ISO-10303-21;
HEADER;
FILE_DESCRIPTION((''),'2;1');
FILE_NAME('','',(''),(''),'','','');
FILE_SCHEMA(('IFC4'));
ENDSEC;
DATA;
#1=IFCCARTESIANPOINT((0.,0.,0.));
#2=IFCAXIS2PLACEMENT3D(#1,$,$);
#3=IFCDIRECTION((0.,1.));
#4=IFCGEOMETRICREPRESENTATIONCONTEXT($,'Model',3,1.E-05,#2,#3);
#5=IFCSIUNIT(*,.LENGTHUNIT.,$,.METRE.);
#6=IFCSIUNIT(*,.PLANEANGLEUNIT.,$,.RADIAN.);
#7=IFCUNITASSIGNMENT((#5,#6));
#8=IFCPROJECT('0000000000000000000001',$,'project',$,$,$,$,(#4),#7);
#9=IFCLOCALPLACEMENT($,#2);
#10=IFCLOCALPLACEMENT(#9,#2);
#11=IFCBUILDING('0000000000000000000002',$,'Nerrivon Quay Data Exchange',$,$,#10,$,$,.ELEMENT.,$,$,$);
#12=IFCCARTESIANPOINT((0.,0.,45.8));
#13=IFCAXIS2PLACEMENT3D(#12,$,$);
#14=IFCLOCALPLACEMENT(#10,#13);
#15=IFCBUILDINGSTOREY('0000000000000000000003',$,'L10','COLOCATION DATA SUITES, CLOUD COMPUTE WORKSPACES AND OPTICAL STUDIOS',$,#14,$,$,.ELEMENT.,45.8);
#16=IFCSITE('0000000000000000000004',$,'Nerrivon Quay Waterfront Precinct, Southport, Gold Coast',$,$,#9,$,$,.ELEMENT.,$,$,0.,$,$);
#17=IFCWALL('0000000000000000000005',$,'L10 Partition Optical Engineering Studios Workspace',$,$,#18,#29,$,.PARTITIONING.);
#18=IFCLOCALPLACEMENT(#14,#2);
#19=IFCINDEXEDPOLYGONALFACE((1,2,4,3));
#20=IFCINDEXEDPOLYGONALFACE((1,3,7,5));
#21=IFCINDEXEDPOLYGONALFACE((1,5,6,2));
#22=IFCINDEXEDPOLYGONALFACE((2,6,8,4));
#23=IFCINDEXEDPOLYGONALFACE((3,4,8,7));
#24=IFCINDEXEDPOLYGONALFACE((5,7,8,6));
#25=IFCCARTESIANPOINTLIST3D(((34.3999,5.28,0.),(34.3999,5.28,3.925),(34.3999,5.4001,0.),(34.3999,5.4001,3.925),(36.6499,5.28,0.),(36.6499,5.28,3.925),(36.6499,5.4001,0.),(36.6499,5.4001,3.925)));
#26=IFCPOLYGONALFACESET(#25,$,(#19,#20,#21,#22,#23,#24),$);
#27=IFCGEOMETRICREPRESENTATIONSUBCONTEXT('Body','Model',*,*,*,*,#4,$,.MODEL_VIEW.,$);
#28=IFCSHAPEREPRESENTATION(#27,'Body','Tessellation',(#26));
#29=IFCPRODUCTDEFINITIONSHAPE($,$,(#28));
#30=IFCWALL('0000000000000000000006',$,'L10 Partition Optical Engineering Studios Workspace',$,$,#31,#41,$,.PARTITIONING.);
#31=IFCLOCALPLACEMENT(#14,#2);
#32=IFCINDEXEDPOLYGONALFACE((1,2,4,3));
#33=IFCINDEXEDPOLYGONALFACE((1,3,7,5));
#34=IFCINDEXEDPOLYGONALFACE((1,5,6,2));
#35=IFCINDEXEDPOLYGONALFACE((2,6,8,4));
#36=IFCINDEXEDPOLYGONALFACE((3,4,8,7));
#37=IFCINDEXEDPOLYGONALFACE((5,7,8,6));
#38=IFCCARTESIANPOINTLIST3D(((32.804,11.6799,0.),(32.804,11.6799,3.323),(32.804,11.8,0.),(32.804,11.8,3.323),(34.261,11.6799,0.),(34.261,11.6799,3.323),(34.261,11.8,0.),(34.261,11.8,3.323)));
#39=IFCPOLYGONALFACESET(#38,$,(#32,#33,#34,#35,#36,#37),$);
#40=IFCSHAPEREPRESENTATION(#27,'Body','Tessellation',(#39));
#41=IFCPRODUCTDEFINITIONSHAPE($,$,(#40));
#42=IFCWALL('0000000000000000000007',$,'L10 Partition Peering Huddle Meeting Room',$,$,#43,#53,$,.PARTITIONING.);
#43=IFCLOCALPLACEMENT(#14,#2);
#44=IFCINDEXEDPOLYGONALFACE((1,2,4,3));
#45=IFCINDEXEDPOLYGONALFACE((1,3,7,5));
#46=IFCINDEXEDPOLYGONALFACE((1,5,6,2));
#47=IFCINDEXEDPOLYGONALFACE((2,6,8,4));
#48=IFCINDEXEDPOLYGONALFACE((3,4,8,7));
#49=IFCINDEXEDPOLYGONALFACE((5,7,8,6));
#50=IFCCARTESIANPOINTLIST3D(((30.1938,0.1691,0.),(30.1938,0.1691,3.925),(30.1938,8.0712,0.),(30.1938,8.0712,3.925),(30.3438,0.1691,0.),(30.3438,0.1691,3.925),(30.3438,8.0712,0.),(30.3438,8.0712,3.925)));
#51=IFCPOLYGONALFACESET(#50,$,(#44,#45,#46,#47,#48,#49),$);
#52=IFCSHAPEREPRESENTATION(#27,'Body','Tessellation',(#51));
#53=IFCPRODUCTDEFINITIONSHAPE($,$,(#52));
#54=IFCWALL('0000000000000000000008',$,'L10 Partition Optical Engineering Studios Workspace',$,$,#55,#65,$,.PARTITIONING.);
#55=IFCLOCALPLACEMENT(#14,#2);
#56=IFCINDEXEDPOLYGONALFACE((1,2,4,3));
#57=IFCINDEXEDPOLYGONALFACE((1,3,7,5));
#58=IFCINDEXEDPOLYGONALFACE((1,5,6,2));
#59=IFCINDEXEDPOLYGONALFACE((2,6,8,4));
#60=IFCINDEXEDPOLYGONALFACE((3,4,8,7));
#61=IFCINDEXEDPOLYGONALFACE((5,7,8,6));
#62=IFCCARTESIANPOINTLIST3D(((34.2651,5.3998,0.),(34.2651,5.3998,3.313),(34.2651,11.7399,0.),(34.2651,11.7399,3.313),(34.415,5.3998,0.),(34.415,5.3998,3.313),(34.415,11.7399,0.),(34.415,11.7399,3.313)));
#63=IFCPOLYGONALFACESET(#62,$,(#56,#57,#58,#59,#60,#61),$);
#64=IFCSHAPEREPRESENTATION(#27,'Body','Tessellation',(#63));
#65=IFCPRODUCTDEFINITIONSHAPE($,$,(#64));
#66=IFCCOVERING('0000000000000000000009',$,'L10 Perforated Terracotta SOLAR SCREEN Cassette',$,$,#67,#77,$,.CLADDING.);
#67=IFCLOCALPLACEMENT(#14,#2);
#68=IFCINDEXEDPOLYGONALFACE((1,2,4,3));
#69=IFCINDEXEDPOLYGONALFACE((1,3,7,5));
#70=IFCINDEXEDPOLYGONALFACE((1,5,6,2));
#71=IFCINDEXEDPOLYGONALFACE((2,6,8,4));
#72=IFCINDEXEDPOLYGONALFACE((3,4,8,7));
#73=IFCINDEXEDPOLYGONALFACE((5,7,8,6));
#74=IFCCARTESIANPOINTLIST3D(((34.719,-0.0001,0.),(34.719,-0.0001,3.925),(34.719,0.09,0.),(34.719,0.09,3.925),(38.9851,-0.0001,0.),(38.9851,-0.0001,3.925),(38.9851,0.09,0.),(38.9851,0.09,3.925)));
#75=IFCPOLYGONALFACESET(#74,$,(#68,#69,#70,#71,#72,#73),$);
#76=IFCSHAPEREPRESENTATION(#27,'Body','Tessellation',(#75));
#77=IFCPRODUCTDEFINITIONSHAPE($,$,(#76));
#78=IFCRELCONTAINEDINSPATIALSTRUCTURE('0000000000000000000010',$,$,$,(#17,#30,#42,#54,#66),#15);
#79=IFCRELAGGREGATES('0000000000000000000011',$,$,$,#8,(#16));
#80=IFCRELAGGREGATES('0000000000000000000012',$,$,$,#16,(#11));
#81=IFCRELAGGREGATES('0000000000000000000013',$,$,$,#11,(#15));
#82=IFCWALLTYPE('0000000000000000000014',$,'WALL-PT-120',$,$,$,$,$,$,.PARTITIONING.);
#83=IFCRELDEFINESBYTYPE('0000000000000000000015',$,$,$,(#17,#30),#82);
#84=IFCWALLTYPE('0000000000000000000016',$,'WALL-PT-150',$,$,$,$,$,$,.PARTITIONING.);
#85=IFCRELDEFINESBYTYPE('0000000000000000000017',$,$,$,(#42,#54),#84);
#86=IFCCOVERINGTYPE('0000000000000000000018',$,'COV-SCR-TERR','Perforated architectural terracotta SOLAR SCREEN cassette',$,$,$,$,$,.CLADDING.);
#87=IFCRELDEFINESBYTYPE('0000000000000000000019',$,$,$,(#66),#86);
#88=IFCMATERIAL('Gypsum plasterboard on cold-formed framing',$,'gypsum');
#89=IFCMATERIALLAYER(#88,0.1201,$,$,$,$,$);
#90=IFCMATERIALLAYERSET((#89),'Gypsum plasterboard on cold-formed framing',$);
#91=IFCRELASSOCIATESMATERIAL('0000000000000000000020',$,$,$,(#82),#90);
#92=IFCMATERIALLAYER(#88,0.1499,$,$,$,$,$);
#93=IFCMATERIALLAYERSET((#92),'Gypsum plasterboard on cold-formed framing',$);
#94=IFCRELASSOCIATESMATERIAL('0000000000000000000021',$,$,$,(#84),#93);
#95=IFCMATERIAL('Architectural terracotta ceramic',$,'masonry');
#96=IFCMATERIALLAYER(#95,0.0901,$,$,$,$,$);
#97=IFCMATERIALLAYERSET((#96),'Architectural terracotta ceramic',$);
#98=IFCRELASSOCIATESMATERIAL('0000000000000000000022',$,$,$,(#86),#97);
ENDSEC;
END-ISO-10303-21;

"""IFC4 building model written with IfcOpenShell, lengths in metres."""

from ifc_helpers import new_model, si_unit, direction, frame, frame_2d, origin, origin_2d, place, context, subcontext, project, spatial, rectangle, extrude, material, layer, layer_set, type_object, element, save


model = new_model("IFC4")

# Units and contexts
model_context = context("Model", 3, precision=1e-05, world=origin(), true_north=direction((0.0, 1.0)))
body_context = subcontext(model_context, "Body", "Model", "MODEL_VIEW")
ifc_project = project(units=[si_unit("LENGTHUNIT", "METRE"), si_unit("PLANEANGLEUNIT", "RADIAN")], contexts=[model_context])

# Site, building, storey
site_placement = place(None, origin())
site = spatial("IfcSite", under=ifc_project, at=site_placement, Name="Nerrivon Quay Waterfront Precinct, Southport, Gold Coast", CompositionType="ELEMENT", RefElevation=0.0)
building_placement = place(site_placement, origin())
building = spatial("IfcBuilding", under=site, at=building_placement, Name="Nerrivon Quay Data Exchange", CompositionType="ELEMENT")
storey_placement = place(building_placement, frame((0.0, 0.0, 45.8)))
storey = spatial("IfcBuildingStorey", under=building, at=storey_placement, Name="L10", Description="COLOCATION DATA SUITES, CLOUD COMPUTE WORKSPACES AND OPTICAL STUDIOS", CompositionType="ELEMENT", Elevation=45.8)

# Shared definitions
ifc_material_1 = material(Name="Gypsum plasterboard on cold-formed framing", Category="gypsum")

# Walls
ifc_layer_1 = layer(ifc_material_1, 0.1201)
ifc_layer_set_1 = layer_set([ifc_layer_1], Name="Gypsum plasterboard on cold-formed framing")
wall_type_1 = type_object("IfcWallType", Name="WALL-PT-120", PredefinedType="PARTITIONING", material=ifc_layer_set_1)
wall_1_placement = place(storey_placement, frame((36.6499, 5.3401, 0.0), z_axis=(0.0, 0.0, 1.0), x_axis=(-1.0, 0.0, 0.0)))
element("IfcWall", 1, at=wall_1_placement, inside=storey, type_object=wall_type_1, Name="L10 Partition Optical Engineering Studios Workspace", PredefinedType="PARTITIONING", context=body_context, shape_type="SweptSolid", body=[
    extrude(rectangle(XDim=2.25, YDim=0.1201, at=frame_2d((1.125, 0.0))), origin(), (0.0, 0.0, 1.0), 3.925),
])
wall_2_placement = place(storey_placement, frame((34.261, 11.74, 0.0), z_axis=(0.0, 0.0, 1.0), x_axis=(-1.0, 0.0, 0.0)))
element("IfcWall", 2, at=wall_2_placement, inside=storey, type_object=wall_type_1, Name="L10 Partition Optical Engineering Studios Workspace", PredefinedType="PARTITIONING", context=body_context, shape_type="SweptSolid", body=[
    extrude(rectangle(XDim=1.457, YDim=0.1201, at=frame_2d((0.7285, 0.0))), origin(), (0.0, 0.0, 1.0), 3.323),
])
ifc_layer_2 = layer(ifc_material_1, 0.1499)
ifc_layer_set_2 = layer_set([ifc_layer_2], Name="Gypsum plasterboard on cold-formed framing")
wall_type_2 = type_object("IfcWallType", Name="WALL-PT-150", PredefinedType="PARTITIONING", material=ifc_layer_set_2)
wall_3_placement = place(storey_placement, frame((30.2688, 0.1689, 0.0), z_axis=(0.0, 0.0, 1.0), x_axis=(0.0, 1.0, 0.0)))
element("IfcWall", 3, at=wall_3_placement, inside=storey, type_object=wall_type_2, Name="L10 Partition Peering Huddle Meeting Room", PredefinedType="PARTITIONING", context=body_context, shape_type="SweptSolid", body=[
    extrude(rectangle(XDim=7.9021, YDim=0.1499, at=frame_2d((3.9512, 0.0))), origin(), (0.0, 0.0, 1.0), 3.925),
])
wall_4_placement = place(storey_placement, frame((34.3401, 5.3999, 0.0), z_axis=(0.0, 0.0, 1.0), x_axis=(0.0, 1.0, 0.0)))
element("IfcWall", 4, at=wall_4_placement, inside=storey, type_object=wall_type_2, Name="L10 Partition Optical Engineering Studios Workspace", PredefinedType="PARTITIONING", context=body_context, shape_type="SweptSolid", body=[
    extrude(rectangle(XDim=6.3401, YDim=0.1499, at=frame_2d((3.1699, 0.0))), origin(), (0.0, 0.0, 1.0), 3.313),
])

# Covering
ifc_material_2 = material(Name="Architectural terracotta ceramic", Category="masonry")
ifc_layer_3 = layer(ifc_material_2, 0.0901)
ifc_layer_set_3 = layer_set([ifc_layer_3], Name="Architectural terracotta ceramic")
covering_type = type_object("IfcCoveringType", Name="COV-SCR-TERR", Description="Perforated architectural terracotta SOLAR SCREEN cassette", PredefinedType="CLADDING", material=ifc_layer_set_3)
covering_placement = place(storey_placement, frame((36.8521, 0.0449, 0.0), z_axis=(0.0, 0.0, 1.0), x_axis=(-1.0, 0.0, 0.0)))
element("IfcCovering", 5, at=covering_placement, inside=storey, type_object=covering_type, Name="L10 Perforated Terracotta SOLAR SCREEN Cassette", PredefinedType="CLADDING", context=body_context, shape_type="SweptSolid", body=[
    extrude(rectangle(XDim=4.2661, YDim=0.0901, at=origin_2d()), origin(), (0.0, 0.0, 1.0), 3.925),
])

save(model, "model.ifc")
